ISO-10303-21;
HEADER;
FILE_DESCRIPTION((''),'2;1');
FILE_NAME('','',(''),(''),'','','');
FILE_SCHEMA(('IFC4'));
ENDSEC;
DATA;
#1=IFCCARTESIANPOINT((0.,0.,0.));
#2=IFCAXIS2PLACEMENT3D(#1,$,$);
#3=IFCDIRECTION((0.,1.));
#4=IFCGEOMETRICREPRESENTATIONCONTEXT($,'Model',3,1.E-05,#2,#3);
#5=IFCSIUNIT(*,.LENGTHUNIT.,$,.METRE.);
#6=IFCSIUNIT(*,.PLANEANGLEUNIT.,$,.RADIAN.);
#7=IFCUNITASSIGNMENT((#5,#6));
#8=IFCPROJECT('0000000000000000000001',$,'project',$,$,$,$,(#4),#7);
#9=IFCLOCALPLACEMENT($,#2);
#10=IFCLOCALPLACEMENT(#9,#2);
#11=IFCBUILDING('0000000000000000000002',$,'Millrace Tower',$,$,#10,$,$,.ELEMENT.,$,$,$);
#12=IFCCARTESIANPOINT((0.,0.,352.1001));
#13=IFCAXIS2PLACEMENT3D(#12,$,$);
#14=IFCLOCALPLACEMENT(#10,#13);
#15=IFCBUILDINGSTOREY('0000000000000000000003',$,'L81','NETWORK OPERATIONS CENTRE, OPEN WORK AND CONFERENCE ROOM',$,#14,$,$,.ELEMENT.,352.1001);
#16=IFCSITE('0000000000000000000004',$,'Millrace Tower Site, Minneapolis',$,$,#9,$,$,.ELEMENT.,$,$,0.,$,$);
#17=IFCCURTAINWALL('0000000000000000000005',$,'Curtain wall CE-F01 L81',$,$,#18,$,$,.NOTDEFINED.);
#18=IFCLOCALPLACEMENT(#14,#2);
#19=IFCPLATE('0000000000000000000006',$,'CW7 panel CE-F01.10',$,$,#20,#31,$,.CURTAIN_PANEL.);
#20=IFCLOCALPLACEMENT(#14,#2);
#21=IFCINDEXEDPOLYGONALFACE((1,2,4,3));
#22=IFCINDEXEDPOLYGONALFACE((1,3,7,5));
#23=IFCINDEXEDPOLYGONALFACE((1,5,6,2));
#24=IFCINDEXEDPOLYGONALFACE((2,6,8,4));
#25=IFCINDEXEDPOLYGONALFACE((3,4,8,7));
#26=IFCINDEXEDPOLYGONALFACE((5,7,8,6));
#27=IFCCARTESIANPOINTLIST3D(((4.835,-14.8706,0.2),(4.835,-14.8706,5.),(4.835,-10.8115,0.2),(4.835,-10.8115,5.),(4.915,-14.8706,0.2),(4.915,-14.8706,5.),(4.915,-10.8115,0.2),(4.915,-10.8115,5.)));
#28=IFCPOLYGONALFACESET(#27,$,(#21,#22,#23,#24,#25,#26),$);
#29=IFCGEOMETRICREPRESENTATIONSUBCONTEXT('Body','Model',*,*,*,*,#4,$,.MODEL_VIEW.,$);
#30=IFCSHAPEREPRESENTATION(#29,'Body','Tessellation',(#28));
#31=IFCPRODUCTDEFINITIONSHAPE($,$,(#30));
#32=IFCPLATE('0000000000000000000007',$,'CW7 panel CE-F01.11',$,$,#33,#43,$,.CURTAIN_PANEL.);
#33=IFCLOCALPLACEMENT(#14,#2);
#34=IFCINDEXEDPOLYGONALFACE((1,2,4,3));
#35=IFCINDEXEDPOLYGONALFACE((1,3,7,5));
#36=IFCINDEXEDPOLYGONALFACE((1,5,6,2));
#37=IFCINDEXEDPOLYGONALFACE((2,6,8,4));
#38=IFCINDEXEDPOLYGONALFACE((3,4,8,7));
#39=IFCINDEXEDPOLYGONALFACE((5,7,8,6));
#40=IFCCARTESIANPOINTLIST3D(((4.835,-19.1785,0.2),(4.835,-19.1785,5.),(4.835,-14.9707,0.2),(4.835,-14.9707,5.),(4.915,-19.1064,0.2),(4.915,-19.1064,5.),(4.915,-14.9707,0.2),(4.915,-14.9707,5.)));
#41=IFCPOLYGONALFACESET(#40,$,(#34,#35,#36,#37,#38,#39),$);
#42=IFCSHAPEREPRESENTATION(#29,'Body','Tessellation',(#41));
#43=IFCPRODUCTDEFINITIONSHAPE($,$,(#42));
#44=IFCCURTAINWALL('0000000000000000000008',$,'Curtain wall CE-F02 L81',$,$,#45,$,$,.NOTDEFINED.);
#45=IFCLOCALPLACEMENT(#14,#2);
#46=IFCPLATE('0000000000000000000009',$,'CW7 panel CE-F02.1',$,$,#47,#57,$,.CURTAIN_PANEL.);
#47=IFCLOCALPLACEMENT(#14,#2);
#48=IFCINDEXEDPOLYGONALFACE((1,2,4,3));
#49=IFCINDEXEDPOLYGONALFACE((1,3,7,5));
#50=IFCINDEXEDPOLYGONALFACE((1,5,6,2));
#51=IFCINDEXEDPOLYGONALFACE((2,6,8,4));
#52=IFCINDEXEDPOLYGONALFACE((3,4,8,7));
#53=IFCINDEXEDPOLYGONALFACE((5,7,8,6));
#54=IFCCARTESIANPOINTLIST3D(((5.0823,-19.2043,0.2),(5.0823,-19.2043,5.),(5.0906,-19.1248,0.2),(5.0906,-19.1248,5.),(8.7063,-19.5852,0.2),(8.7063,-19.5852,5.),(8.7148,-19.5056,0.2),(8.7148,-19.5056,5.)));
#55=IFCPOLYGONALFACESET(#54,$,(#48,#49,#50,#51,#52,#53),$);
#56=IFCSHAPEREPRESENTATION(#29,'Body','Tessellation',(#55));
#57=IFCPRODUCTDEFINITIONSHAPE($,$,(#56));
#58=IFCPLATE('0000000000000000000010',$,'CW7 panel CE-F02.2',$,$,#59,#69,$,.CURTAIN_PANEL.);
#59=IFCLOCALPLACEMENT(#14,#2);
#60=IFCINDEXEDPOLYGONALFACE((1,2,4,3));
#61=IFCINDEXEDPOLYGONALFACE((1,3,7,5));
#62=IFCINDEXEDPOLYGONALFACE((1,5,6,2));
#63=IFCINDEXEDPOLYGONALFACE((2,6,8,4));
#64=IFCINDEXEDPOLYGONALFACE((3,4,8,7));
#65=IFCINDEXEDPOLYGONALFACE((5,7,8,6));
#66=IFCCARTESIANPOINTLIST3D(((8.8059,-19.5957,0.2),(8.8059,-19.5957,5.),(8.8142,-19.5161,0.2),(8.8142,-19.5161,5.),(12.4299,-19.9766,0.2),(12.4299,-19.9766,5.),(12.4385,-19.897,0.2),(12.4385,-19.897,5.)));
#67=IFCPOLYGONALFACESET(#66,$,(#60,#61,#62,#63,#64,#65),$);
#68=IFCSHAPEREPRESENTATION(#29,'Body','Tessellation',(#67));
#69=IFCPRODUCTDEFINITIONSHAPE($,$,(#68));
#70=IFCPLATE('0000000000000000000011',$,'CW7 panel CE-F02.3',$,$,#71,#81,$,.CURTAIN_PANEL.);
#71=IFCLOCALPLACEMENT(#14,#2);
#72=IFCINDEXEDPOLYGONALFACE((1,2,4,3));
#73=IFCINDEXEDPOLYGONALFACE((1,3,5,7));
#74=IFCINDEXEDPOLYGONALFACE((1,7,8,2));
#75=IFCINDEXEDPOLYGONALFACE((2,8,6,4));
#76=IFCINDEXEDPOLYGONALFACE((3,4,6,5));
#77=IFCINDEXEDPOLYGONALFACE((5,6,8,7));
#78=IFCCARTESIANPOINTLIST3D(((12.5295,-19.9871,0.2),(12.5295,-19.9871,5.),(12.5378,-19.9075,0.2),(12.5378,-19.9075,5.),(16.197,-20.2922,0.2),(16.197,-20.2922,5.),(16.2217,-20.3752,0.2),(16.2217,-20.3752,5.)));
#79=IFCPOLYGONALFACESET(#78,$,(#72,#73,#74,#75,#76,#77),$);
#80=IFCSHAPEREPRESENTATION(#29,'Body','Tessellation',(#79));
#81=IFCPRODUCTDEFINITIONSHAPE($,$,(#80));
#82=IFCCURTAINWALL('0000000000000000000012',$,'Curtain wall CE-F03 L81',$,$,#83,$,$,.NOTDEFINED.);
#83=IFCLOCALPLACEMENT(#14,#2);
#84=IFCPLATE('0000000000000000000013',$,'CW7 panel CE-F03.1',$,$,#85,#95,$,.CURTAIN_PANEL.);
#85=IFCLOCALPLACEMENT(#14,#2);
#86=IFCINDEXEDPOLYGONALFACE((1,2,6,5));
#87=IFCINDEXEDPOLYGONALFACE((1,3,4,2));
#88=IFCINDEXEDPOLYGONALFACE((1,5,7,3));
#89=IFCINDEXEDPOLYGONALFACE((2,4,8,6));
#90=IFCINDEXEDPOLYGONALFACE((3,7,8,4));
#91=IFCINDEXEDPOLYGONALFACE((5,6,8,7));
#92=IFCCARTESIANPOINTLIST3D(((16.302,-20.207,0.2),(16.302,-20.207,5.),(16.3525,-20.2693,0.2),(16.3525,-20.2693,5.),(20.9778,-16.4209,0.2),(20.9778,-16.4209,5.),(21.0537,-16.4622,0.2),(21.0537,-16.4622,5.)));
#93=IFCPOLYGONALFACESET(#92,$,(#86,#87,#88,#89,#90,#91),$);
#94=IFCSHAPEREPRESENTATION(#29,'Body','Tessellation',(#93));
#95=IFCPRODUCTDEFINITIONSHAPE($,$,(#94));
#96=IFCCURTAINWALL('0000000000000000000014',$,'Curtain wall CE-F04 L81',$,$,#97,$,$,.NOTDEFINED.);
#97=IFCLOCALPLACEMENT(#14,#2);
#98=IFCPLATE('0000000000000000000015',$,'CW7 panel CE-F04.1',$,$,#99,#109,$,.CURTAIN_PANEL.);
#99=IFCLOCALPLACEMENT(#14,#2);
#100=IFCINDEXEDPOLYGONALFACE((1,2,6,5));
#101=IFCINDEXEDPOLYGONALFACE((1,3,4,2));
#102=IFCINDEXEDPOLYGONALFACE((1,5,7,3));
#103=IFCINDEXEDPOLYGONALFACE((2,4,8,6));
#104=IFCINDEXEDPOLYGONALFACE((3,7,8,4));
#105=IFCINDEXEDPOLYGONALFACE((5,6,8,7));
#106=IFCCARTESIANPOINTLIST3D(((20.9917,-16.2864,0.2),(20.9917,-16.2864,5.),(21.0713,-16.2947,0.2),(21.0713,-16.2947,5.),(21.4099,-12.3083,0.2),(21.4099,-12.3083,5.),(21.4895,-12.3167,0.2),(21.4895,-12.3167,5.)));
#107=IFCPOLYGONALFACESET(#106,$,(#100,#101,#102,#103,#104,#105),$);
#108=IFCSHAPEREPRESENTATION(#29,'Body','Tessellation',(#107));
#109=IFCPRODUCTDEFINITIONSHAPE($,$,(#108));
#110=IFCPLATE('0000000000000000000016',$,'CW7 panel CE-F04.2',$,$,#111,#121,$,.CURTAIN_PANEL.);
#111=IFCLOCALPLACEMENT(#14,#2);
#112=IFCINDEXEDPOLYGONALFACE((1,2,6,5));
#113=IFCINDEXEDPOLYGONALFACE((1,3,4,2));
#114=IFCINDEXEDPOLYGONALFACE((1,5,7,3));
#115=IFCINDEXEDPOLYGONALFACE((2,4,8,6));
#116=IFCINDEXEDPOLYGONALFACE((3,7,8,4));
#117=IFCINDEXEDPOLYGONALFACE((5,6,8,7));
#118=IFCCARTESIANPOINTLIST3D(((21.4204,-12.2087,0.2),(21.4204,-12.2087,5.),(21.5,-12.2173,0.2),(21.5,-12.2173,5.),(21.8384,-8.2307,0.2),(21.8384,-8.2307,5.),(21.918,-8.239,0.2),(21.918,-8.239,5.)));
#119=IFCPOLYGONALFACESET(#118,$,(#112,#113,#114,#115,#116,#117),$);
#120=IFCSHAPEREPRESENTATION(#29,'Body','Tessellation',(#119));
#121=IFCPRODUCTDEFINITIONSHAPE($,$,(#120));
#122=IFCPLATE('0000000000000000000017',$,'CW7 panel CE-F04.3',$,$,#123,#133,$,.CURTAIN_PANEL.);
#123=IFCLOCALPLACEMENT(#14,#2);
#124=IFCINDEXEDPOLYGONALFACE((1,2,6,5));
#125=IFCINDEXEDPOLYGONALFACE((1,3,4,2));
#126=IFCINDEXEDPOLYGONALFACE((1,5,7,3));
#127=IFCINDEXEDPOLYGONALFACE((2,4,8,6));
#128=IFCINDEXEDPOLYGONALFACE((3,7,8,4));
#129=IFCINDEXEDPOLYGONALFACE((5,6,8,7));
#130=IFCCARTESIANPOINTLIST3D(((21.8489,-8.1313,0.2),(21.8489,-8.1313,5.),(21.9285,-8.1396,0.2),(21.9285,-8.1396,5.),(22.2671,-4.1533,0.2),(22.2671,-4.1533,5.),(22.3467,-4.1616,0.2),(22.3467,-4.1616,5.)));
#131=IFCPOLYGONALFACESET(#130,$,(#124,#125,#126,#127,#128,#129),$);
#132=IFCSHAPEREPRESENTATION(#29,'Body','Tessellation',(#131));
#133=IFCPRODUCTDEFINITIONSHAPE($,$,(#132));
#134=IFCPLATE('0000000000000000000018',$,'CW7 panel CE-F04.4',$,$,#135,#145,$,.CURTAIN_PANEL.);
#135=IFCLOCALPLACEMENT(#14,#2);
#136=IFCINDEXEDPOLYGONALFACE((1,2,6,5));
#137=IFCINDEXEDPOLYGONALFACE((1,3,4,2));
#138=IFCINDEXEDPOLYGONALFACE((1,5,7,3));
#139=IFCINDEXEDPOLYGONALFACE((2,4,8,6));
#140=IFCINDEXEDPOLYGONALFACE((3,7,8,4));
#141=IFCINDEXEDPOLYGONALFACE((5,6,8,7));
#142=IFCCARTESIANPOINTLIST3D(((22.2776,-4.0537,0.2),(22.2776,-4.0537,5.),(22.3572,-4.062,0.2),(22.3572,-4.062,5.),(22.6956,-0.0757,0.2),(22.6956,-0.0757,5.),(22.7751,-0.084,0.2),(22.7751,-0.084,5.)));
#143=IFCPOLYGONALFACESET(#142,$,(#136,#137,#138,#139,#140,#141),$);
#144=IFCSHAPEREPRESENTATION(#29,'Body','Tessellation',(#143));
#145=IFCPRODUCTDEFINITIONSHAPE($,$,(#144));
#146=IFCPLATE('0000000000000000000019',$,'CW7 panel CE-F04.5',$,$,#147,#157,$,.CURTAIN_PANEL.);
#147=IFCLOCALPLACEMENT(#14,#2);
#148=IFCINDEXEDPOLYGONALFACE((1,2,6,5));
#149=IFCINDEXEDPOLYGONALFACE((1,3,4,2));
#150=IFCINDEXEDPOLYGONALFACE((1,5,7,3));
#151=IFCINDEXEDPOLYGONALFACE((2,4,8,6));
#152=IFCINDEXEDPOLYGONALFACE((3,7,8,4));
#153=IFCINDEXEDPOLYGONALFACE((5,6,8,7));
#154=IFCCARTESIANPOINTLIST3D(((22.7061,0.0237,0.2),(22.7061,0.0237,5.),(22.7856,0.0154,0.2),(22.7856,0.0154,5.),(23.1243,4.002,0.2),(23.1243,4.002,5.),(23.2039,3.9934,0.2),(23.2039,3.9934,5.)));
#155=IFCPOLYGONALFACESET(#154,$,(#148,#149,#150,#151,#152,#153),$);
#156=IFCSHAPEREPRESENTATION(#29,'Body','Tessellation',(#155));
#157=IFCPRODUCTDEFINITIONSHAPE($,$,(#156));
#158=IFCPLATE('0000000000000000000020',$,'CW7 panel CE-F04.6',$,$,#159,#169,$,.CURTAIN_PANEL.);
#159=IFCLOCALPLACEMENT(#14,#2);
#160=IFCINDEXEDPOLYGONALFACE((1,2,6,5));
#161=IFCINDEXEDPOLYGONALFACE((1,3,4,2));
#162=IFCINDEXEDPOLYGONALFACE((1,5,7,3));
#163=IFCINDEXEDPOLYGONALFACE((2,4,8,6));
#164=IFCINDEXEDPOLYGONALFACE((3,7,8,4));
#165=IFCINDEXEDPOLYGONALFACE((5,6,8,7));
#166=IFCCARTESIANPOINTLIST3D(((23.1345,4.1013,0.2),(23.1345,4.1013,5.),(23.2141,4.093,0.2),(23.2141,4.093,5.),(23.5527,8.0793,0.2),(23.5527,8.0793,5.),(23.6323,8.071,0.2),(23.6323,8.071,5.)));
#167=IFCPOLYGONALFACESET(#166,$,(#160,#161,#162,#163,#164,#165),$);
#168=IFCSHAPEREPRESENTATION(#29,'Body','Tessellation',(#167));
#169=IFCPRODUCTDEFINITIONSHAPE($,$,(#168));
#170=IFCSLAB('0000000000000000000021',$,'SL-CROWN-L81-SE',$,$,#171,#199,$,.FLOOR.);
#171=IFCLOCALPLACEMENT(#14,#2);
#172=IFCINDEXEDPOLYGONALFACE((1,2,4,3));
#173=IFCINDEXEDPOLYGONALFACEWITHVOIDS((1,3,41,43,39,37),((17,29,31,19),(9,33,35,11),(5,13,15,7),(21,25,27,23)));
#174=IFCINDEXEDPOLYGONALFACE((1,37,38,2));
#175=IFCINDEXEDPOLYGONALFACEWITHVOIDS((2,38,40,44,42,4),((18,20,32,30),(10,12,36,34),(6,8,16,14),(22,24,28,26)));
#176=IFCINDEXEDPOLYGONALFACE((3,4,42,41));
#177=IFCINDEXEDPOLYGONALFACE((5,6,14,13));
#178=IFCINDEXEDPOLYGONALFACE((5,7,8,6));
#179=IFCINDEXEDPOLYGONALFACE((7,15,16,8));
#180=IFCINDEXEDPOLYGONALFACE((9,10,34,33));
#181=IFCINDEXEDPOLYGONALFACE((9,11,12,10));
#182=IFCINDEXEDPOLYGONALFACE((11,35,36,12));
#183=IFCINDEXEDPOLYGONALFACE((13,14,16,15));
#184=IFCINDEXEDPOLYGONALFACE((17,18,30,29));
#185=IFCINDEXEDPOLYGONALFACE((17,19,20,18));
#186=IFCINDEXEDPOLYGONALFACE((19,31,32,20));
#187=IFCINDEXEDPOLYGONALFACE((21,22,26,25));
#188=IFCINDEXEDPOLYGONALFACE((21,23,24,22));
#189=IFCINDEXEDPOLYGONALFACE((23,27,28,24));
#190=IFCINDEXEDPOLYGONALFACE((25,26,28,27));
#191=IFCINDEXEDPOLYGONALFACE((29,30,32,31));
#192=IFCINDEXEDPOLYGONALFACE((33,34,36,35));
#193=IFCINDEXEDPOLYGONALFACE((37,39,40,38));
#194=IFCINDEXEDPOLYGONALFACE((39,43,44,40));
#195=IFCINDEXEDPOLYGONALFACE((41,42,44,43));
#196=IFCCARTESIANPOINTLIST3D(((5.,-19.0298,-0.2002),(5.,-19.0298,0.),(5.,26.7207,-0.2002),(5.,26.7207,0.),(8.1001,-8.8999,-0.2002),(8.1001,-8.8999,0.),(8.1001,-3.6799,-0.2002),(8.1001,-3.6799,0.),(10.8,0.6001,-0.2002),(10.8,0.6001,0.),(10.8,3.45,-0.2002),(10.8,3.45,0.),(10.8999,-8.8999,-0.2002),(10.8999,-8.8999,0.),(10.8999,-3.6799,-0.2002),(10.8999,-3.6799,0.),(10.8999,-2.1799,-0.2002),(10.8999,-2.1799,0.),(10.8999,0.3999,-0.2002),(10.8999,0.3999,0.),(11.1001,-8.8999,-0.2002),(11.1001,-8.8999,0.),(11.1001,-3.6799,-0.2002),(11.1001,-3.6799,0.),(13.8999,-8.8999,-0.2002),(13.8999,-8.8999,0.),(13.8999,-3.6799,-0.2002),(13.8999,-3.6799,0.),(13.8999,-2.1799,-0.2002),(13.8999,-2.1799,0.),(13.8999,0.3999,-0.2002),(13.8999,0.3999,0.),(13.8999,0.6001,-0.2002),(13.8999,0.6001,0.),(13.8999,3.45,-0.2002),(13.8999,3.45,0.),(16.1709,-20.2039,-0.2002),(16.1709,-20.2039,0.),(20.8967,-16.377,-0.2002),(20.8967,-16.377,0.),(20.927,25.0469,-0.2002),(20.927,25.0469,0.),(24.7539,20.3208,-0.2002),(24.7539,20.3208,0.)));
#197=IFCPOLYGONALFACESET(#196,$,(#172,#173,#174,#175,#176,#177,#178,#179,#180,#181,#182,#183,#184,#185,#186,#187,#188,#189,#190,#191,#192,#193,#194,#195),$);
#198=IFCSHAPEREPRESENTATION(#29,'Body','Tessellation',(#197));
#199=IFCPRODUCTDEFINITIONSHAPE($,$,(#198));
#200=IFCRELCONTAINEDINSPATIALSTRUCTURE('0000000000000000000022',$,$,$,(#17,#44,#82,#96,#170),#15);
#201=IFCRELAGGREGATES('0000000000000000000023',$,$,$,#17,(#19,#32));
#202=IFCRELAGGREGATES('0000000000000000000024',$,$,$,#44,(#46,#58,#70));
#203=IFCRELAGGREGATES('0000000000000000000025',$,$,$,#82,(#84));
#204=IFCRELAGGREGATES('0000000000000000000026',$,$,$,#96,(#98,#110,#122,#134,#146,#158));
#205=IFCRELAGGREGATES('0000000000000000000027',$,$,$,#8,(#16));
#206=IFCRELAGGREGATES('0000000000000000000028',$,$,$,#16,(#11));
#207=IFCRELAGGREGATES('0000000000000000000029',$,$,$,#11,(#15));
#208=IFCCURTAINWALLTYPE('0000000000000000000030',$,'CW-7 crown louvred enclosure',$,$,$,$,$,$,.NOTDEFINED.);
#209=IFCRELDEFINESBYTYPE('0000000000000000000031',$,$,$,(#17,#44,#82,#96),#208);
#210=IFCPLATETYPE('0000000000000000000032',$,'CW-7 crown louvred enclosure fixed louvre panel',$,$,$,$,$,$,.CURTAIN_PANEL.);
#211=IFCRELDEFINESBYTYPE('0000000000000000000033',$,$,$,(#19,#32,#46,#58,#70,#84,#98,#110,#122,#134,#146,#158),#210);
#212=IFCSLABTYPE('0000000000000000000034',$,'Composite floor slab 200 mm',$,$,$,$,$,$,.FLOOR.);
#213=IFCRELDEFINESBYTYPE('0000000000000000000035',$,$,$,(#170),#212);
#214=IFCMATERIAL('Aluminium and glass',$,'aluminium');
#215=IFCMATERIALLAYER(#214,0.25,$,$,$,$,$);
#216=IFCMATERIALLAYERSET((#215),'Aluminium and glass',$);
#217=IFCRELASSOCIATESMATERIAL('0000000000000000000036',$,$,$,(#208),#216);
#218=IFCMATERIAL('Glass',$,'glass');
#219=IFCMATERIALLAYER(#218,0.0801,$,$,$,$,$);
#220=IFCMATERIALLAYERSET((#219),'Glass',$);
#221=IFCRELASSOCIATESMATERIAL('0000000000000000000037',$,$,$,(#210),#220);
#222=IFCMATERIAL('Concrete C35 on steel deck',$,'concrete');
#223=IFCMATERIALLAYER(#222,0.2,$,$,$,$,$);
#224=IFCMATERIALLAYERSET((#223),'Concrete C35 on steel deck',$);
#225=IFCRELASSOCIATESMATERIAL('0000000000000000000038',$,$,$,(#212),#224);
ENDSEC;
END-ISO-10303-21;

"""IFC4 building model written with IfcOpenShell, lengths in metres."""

from ifc_helpers import new_model, si_unit, direction, frame, origin, place, context, subcontext, project, spatial, polyline, outline, extrude, material, layer, layer_set, type_object, element, aggregate, save


model = new_model("IFC4")

# Units and contexts
model_context = context("Model", 3, precision=1e-05, world=origin(), true_north=direction((0.0, 1.0)))
body_context = subcontext(model_context, "Body", "Model", "MODEL_VIEW")
ifc_project = project(units=[si_unit("LENGTHUNIT", "METRE"), si_unit("PLANEANGLEUNIT", "RADIAN")], contexts=[model_context])

# Site, building, storey
site_placement = place(None, origin())
site = spatial("IfcSite", under=ifc_project, at=site_placement, Name="Millrace Tower Site, Minneapolis", CompositionType="ELEMENT", RefElevation=0.0)
building_placement = place(site_placement, origin())
building = spatial("IfcBuilding", under=site, at=building_placement, Name="Millrace Tower", CompositionType="ELEMENT")
storey_placement = place(building_placement, frame((0.0, 0.0, 352.1001)))
storey = spatial("IfcBuildingStorey", under=building, at=storey_placement, Name="L81", Description="NETWORK OPERATIONS CENTRE, OPEN WORK AND CONFERENCE ROOM", CompositionType="ELEMENT", Elevation=352.1001)

# Curtain walls, plates
ifc_material_1 = material(Name="Aluminium and glass", Category="aluminium")
ifc_layer_1 = layer(ifc_material_1, 0.25)
ifc_layer_set_1 = layer_set([ifc_layer_1], Name="Aluminium and glass")
curtain_wall_type = type_object("IfcCurtainWallType", Name="CW-7 crown louvred enclosure", PredefinedType="NOTDEFINED", material=ifc_layer_set_1)
placement_1 = place(storey_placement, origin())
curtain_wall_1 = element("IfcCurtainWall", 1, at=placement_1, inside=storey, type_object=curtain_wall_type, Name="Curtain wall CE-F01 L81", PredefinedType="NOTDEFINED")
ifc_material_2 = material(Name="Glass", Category="glass")
ifc_layer_2 = layer(ifc_material_2, 0.0801)
ifc_layer_set_2 = layer_set([ifc_layer_2], Name="Glass")
plate_type = type_object("IfcPlateType", Name="CW-7 crown louvred enclosure fixed louvre panel", PredefinedType="CURTAIN_PANEL", material=ifc_layer_set_2)
placement_2 = place(storey_placement, frame((0.0, 0.0, 0.2)))
plate_1 = element("IfcPlate", 2, at=placement_2, type_object=plate_type, Name="CW7 panel CE-F01.10", PredefinedType="CURTAIN_PANEL", context=body_context, shape_type="SweptSolid", body=[
    extrude(outline(polyline([(4.835, -10.8115), (4.835, -14.8706), (4.915, -14.8706), (4.915, -10.8115), (4.835, -10.8115)])), origin(), (0.0, 0.0, 1.0), 4.8),
])
plate_2 = element("IfcPlate", 3, at=placement_2, type_object=plate_type, Name="CW7 panel CE-F01.11", PredefinedType="CURTAIN_PANEL", context=body_context, shape_type="SweptSolid", body=[
    extrude(outline(polyline([(4.835, -14.9707), (4.835, -19.1785), (4.915, -19.1064), (4.915, -14.9707), (4.835, -14.9707)])), origin(), (0.0, 0.0, 1.0), 4.8),
])
aggregate(curtain_wall_1, [plate_1, plate_2])
curtain_wall_2 = element("IfcCurtainWall", 4, at=placement_1, inside=storey, type_object=curtain_wall_type, Name="Curtain wall CE-F02 L81", PredefinedType="NOTDEFINED")
plate_3 = element("IfcPlate", 5, at=placement_2, type_object=plate_type, Name="CW7 panel CE-F02.1", PredefinedType="CURTAIN_PANEL", context=body_context, shape_type="SweptSolid", body=[
    extrude(outline(polyline([(5.0823, -19.2043), (8.7063, -19.5852), (8.7148, -19.5056), (5.0906, -19.1248), (5.0823, -19.2043)])), origin(), (0.0, 0.0, 1.0), 4.8),
])
plate_4 = element("IfcPlate", 6, at=placement_2, type_object=plate_type, Name="CW7 panel CE-F02.2", PredefinedType="CURTAIN_PANEL", context=body_context, shape_type="SweptSolid", body=[
    extrude(outline(polyline([(8.8059, -19.5957), (12.4299, -19.9766), (12.4385, -19.897), (8.8142, -19.5161), (8.8059, -19.5957)])), origin(), (0.0, 0.0, 1.0), 4.8),
])
plate_5 = element("IfcPlate", 7, at=placement_2, type_object=plate_type, Name="CW7 panel CE-F02.3", PredefinedType="CURTAIN_PANEL", context=body_context, shape_type="SweptSolid", body=[
    extrude(outline(polyline([(12.5295, -19.9871), (16.2217, -20.3752), (16.197, -20.2922), (12.5378, -19.9075), (12.5295, -19.9871)])), origin(), (0.0, 0.0, 1.0), 4.8),
])
aggregate(curtain_wall_2, [plate_3, plate_4, plate_5])

# Curtain wall, plate
curtain_wall_3 = element("IfcCurtainWall", 8, at=placement_1, inside=storey, type_object=curtain_wall_type, Name="Curtain wall CE-F03 L81", PredefinedType="NOTDEFINED")
plate_6 = element("IfcPlate", 9, at=placement_2, type_object=plate_type, Name="CW7 panel CE-F03.1", PredefinedType="CURTAIN_PANEL", context=body_context, shape_type="SweptSolid", body=[
    extrude(outline(polyline([(16.3525, -20.2693), (21.0537, -16.4622), (20.9778, -16.4209), (16.302, -20.207), (16.3525, -20.2693)])), origin(), (0.0, 0.0, 1.0), 4.8),
])
aggregate(curtain_wall_3, [plate_6])

# Curtain wall, plates
curtain_wall_4 = element("IfcCurtainWall", 10, at=placement_1, inside=storey, type_object=curtain_wall_type, Name="Curtain wall CE-F04 L81", PredefinedType="NOTDEFINED")
plate_7 = element("IfcPlate", 11, at=placement_2, type_object=plate_type, Name="CW7 panel CE-F04.1", PredefinedType="CURTAIN_PANEL", context=body_context, shape_type="SweptSolid", body=[
    extrude(outline(polyline([(21.0713, -16.2947), (21.4895, -12.3167), (21.4099, -12.3083), (20.9917, -16.2864), (21.0713, -16.2947)])), origin(), (0.0, 0.0, 1.0), 4.8),
])
plate_8 = element("IfcPlate", 12, at=placement_2, type_object=plate_type, Name="CW7 panel CE-F04.2", PredefinedType="CURTAIN_PANEL", context=body_context, shape_type="SweptSolid", body=[
    extrude(outline(polyline([(21.5, -12.2173), (21.918, -8.239), (21.8384, -8.2307), (21.4204, -12.2087), (21.5, -12.2173)])), origin(), (0.0, 0.0, 1.0), 4.8),
])
plate_9 = element("IfcPlate", 13, at=placement_2, type_object=plate_type, Name="CW7 panel CE-F04.3", PredefinedType="CURTAIN_PANEL", context=body_context, shape_type="SweptSolid", body=[
    extrude(outline(polyline([(21.9285, -8.1396), (22.3467, -4.1616), (22.2671, -4.1533), (21.8489, -8.1313), (21.9285, -8.1396)])), origin(), (0.0, 0.0, 1.0), 4.8),
])
plate_10 = element("IfcPlate", 14, at=placement_2, type_object=plate_type, Name="CW7 panel CE-F04.4", PredefinedType="CURTAIN_PANEL", context=body_context, shape_type="SweptSolid", body=[
    extrude(outline(polyline([(22.3572, -4.062), (22.7751, -0.084), (22.6956, -0.0757), (22.2776, -4.0537), (22.3572, -4.062)])), origin(), (0.0, 0.0, 1.0), 4.8),
])
plate_11 = element("IfcPlate", 15, at=placement_2, type_object=plate_type, Name="CW7 panel CE-F04.5", PredefinedType="CURTAIN_PANEL", context=body_context, shape_type="SweptSolid", body=[
    extrude(outline(polyline([(22.7856, 0.0154), (23.2039, 3.9934), (23.1243, 4.002), (22.7061, 0.0237), (22.7856, 0.0154)])), origin(), (0.0, 0.0, 1.0), 4.8),
])
plate_12 = element("IfcPlate", 16, at=placement_2, type_object=plate_type, Name="CW7 panel CE-F04.6", PredefinedType="CURTAIN_PANEL", context=body_context, shape_type="SweptSolid", body=[
    extrude(outline(polyline([(23.2141, 4.093), (23.6323, 8.071), (23.5527, 8.0793), (23.1345, 4.1013), (23.2141, 4.093)])), origin(), (0.0, 0.0, 1.0), 4.8),
])
aggregate(curtain_wall_4, [plate_7, plate_8, plate_9, plate_10, plate_11, plate_12])

# Slab
ifc_material_3 = material(Name="Concrete C35 on steel deck", Category="concrete")
ifc_layer_3 = layer(ifc_material_3, 0.2)
ifc_layer_set_3 = layer_set([ifc_layer_3], Name="Concrete C35 on steel deck")
slab_type_1 = type_object("IfcSlabType", Name="Composite floor slab 200 mm", PredefinedType="FLOOR", material=ifc_layer_set_3)
placement_3 = place(storey_placement, frame((0.0, 0.0, -0.2002)))
element("IfcSlab", 17, at=placement_3, inside=storey, type_object=slab_type_1, Name="SL-CROWN-L81-SE", PredefinedType="FLOOR", context=body_context, shape_type="SweptSolid", body=[
    extrude(outline(polyline([(5.0, 26.7207), (5.0, -19.0298), (16.1709, -20.2039), (20.8967, -16.377), (24.7539, 20.3208), (20.927, 25.0469), (5.0, 26.7207)]), holes=[polyline([(10.8, 0.6001), (13.8999, 0.6001), (13.8999, 3.45), (10.8, 3.45), (10.8, 0.6001)]), polyline([(10.8999, -2.1799), (13.8999, -2.1799), (13.8999, 0.3999), (10.8999, 0.3999), (10.8999, -2.1799)]), polyline([(11.1001, -8.8999), (13.8999, -8.8999), (13.8999, -3.6799), (11.1001, -3.6799), (11.1001, -8.8999)]), polyline([(8.1001, -8.8999), (10.8999, -8.8999), (10.8999, -3.6799), (8.1001, -3.6799), (8.1001, -8.8999)])]), origin(), (0.0, 0.0, 1.0), 0.2002),
])

save(model, "model.ifc")
